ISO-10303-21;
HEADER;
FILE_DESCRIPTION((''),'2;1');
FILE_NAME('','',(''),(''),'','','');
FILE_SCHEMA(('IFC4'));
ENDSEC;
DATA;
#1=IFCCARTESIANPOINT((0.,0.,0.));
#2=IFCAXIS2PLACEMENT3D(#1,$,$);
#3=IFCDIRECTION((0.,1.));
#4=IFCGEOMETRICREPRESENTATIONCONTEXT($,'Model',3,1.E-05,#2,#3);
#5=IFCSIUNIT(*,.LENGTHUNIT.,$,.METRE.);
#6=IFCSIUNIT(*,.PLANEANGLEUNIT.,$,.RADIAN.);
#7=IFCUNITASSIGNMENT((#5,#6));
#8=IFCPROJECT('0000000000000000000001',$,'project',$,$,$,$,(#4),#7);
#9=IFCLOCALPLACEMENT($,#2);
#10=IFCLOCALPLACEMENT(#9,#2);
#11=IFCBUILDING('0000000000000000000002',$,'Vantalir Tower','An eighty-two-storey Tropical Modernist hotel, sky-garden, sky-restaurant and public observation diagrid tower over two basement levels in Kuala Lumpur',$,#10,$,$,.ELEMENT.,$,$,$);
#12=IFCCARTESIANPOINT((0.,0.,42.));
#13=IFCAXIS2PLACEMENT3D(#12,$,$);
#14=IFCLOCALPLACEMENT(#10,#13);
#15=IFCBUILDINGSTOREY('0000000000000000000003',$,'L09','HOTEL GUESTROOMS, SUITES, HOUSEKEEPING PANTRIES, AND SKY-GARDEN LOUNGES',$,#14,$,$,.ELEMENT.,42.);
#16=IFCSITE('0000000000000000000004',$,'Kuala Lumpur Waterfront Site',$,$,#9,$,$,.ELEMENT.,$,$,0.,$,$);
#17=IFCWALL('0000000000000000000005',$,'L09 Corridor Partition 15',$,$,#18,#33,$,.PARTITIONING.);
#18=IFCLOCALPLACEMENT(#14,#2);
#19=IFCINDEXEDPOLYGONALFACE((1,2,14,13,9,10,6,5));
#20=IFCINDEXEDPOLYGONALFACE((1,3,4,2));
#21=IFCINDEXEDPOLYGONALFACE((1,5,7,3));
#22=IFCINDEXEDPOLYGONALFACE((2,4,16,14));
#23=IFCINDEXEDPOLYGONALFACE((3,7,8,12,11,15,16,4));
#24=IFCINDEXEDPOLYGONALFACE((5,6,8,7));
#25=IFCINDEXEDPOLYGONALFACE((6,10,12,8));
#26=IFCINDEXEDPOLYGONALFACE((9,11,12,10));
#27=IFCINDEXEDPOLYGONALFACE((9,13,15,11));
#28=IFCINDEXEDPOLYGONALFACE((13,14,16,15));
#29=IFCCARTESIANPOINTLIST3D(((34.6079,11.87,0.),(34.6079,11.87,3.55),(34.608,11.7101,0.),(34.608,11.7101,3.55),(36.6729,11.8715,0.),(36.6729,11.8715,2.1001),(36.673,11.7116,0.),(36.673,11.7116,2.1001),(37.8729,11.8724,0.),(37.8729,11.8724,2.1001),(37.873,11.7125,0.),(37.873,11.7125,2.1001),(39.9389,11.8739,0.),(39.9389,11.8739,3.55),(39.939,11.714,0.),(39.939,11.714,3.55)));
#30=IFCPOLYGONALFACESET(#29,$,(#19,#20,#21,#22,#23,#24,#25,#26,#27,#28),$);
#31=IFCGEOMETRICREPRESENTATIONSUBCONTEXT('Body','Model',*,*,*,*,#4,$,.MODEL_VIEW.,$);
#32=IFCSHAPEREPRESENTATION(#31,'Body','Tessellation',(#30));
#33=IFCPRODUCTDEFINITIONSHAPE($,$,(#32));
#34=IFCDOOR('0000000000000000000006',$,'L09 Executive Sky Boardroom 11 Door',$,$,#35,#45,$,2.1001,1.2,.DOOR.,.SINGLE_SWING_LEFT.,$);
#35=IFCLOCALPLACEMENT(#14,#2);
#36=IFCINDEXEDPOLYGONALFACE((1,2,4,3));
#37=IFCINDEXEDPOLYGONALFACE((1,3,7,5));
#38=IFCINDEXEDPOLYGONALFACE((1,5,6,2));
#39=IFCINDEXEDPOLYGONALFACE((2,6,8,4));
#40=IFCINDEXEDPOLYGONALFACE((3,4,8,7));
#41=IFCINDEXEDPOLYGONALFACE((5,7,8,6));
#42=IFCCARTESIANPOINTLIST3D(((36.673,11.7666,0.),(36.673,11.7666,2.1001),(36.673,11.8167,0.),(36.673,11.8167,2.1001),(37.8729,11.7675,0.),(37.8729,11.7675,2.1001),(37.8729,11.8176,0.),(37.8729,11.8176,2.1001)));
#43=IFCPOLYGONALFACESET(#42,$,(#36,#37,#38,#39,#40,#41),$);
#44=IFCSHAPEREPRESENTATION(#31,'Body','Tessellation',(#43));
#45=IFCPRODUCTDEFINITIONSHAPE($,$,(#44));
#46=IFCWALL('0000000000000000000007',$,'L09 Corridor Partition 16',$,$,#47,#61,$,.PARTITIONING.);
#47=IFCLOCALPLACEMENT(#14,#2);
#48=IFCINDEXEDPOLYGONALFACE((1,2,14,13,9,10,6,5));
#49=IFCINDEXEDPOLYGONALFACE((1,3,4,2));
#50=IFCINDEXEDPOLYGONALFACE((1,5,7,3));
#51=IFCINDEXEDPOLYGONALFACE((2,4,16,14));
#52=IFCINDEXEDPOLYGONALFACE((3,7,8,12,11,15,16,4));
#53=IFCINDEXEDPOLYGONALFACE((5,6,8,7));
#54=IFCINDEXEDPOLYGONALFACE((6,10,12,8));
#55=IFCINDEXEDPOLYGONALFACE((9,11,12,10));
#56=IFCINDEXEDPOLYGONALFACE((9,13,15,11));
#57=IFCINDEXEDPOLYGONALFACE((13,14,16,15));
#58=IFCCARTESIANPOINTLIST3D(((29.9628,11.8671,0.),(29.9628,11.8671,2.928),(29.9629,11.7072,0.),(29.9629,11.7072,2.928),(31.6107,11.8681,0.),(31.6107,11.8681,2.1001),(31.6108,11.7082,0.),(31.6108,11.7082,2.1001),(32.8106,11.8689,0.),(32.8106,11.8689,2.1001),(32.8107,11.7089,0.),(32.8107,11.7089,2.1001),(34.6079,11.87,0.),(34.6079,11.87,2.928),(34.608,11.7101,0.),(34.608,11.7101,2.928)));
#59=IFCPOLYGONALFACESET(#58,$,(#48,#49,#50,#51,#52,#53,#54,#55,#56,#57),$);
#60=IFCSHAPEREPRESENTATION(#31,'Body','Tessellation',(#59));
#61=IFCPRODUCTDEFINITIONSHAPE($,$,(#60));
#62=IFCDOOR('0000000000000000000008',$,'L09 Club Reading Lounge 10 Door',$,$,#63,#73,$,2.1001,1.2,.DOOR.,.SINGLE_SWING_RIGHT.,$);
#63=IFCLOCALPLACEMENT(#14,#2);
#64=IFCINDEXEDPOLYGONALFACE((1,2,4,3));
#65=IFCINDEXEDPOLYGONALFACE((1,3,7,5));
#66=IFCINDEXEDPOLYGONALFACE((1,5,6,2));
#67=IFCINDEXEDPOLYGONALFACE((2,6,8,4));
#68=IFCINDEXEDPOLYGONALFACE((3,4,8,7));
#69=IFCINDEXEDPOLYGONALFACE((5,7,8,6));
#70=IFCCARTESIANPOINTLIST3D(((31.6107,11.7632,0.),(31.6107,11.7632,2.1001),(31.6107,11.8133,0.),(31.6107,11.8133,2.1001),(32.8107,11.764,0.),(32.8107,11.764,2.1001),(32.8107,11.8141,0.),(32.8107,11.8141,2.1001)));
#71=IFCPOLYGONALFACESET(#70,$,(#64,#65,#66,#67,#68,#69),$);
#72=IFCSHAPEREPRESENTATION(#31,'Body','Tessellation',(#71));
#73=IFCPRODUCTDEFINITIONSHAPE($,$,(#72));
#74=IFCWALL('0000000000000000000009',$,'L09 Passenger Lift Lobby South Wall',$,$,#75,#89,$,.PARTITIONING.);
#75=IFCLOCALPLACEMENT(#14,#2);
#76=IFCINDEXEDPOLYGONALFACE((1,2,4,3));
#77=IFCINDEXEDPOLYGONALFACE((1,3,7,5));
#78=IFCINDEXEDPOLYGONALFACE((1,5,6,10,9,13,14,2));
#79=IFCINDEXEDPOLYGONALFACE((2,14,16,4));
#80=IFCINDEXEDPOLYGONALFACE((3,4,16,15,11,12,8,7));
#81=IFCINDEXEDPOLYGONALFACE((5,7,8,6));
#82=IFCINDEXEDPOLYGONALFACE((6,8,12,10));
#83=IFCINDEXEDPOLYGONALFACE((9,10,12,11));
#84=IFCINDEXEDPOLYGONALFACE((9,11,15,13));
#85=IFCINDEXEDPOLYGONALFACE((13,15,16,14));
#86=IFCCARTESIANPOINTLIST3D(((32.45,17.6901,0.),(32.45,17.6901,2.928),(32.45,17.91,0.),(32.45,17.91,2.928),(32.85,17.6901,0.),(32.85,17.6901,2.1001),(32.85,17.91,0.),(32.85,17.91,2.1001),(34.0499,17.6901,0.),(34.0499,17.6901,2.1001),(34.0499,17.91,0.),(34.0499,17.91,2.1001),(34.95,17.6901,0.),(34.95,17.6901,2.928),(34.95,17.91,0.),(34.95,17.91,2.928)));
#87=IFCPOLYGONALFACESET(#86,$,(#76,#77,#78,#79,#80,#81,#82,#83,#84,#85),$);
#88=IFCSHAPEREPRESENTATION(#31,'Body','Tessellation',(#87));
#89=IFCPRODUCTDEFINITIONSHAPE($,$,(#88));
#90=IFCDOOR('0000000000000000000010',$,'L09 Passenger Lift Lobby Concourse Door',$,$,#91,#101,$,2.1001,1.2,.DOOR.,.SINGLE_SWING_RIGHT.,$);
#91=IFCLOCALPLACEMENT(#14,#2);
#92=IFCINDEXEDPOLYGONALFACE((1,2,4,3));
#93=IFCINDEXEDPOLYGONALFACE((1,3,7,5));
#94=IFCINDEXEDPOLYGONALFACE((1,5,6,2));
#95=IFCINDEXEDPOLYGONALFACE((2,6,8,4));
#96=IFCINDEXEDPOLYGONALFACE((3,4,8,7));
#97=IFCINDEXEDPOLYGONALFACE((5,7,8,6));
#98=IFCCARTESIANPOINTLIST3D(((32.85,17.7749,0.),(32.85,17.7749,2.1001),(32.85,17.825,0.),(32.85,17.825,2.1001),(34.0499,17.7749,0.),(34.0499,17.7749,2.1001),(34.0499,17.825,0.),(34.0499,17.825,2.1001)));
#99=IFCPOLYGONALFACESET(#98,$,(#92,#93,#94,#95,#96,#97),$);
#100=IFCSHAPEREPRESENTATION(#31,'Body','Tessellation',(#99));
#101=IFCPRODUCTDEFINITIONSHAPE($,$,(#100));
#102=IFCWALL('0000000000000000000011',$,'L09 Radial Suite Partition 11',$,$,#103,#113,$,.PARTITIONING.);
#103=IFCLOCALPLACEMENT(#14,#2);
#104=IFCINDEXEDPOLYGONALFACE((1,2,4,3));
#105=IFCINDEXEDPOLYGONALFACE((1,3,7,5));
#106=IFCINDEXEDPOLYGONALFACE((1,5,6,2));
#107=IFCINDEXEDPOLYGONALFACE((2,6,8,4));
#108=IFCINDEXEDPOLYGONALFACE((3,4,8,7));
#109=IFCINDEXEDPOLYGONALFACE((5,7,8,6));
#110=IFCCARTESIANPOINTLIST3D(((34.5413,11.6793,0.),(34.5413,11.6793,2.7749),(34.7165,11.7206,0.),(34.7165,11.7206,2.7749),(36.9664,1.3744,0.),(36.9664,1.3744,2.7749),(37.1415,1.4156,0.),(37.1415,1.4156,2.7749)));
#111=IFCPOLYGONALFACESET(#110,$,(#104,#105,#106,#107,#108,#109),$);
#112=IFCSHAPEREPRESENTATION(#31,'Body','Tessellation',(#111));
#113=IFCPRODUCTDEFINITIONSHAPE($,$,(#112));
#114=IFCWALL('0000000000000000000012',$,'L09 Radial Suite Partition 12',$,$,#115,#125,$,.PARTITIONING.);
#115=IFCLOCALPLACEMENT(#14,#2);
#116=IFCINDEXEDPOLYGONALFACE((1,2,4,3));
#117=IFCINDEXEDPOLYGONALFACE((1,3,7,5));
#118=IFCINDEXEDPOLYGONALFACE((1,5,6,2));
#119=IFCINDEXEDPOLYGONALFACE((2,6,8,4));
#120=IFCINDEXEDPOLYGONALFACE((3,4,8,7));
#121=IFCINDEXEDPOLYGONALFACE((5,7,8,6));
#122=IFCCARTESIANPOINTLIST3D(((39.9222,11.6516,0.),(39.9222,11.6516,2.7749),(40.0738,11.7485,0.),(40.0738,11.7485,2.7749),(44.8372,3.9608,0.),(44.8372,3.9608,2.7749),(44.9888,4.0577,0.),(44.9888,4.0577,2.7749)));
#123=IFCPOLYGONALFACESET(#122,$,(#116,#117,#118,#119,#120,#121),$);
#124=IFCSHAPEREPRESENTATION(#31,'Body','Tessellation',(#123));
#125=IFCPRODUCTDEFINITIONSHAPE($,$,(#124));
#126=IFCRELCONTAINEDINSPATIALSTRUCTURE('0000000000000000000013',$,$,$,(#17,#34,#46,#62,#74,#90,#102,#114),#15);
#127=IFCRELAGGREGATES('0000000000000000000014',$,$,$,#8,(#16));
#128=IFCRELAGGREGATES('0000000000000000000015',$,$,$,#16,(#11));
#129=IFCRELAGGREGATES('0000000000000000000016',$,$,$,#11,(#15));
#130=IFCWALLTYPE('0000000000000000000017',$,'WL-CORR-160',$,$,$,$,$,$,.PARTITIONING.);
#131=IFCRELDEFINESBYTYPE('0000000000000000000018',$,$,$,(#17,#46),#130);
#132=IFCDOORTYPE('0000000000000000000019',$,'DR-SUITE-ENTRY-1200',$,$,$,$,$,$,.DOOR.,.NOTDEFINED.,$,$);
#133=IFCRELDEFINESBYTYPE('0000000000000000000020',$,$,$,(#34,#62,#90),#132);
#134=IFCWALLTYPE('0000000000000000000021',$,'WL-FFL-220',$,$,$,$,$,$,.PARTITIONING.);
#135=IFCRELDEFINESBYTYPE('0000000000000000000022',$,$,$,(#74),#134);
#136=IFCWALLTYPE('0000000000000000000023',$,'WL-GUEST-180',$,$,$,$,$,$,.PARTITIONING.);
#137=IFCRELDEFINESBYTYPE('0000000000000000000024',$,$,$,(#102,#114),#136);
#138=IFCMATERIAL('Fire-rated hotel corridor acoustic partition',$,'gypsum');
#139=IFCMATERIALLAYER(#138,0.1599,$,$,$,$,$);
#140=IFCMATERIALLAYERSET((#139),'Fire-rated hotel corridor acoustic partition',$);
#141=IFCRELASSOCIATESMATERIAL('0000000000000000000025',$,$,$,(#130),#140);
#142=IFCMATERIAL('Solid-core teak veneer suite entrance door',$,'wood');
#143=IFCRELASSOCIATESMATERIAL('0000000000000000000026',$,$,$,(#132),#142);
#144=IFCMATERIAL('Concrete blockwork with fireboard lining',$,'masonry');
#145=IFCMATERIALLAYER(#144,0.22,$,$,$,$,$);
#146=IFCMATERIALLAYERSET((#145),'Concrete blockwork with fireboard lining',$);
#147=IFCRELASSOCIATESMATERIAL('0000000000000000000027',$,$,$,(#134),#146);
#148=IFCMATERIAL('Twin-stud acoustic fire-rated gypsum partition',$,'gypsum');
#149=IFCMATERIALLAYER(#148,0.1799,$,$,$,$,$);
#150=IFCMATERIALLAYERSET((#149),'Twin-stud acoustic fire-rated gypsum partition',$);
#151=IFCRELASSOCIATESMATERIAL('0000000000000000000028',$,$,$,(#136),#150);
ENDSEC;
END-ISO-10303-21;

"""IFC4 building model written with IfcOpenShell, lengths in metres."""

from ifc_helpers import new_model, si_unit, direction, frame, frame_2d, origin, place, context, subcontext, project, spatial, rectangle, extrude, material, layer, layer_set, type_object, element, fill, save


model = new_model("IFC4")

# Units and contexts
model_context = context("Model", 3, precision=1e-05, world=origin(), true_north=direction((0.0, 1.0)))
body_context = subcontext(model_context, "Body", "Model", "MODEL_VIEW")
ifc_project = project(units=[si_unit("LENGTHUNIT", "METRE"), si_unit("PLANEANGLEUNIT", "RADIAN")], contexts=[model_context])

# Site, building, storey
site_placement = place(None, origin())
site = spatial("IfcSite", under=ifc_project, at=site_placement, Name="Kuala Lumpur Waterfront Site", CompositionType="ELEMENT", RefElevation=0.0)
building_placement = place(site_placement, origin())
building = spatial("IfcBuilding", under=site, at=building_placement, Name="Vantalir Tower", Description="An eighty-two-storey Tropical Modernist hotel, sky-garden, sky-restaurant and public observation diagrid tower over two basement levels in Kuala Lumpur", CompositionType="ELEMENT")
storey_placement = place(building_placement, frame((0.0, 0.0, 42.0)))
storey = spatial("IfcBuildingStorey", under=building, at=storey_placement, Name="L09", Description="HOTEL GUESTROOMS, SUITES, HOUSEKEEPING PANTRIES, AND SKY-GARDEN LOUNGES", CompositionType="ELEMENT", Elevation=42.0)

# Shared definitions
ifc_material_1 = material(Name="Fire-rated hotel corridor acoustic partition", Category="gypsum")
ifc_layer_1 = layer(ifc_material_1, 0.1599)
ifc_layer_set_1 = layer_set([ifc_layer_1], Name="Fire-rated hotel corridor acoustic partition")
wall_type_1 = type_object("IfcWallType", Name="WL-CORR-160", PredefinedType="PARTITIONING", material=ifc_layer_set_1)

# Walls, openings, doors
wall_1_placement = place(storey_placement, frame((39.939, 11.7939, 0.0), z_axis=(0.0, 0.0, 1.0), x_axis=(-1.0, -0.000733, 0.0)))
wall_1 = element("IfcWall", 1, at=wall_1_placement, inside=storey, type_object=wall_type_1, Name="L09 Corridor Partition 15", PredefinedType="PARTITIONING", context=body_context, shape_type="SweptSolid", body=[
    extrude(rectangle(XDim=5.3311, YDim=0.1599, at=frame_2d((2.6655, 0.0))), origin(), (0.0, 0.0, 1.0), 3.55),
])
opening_1_placement = place(wall_1_placement, frame((2.0659, 0.0, 0.0)))
opening_1 = element("IfcOpeningElement", 2, at=opening_1_placement, cuts=wall_1, PredefinedType="OPENING", context=body_context, shape_type="SweptSolid", body=[
    extrude(rectangle(XDim=1.2, YDim=2.1001, at=frame_2d((0.6001, 1.05))), frame((0.0, 0.0898, 0.0), z_axis=(0.0, -1.0, 0.0), x_axis=(1.0, 0.0, 0.0)), (0.0, 0.0, 1.0), 0.1799),
])
ifc_material_2 = material(Name="Solid-core teak veneer suite entrance door", Category="wood")
door_type = type_object("IfcDoorType", Name="DR-SUITE-ENTRY-1200", OperationType="NOTDEFINED", PredefinedType="DOOR", material=ifc_material_2)
door_1_placement = place(opening_1_placement, origin())
door_1 = element("IfcDoor", 3, at=door_1_placement, inside=storey, type_object=door_type, Name="L09 Executive Sky Boardroom 11 Door", OperationType="SINGLE_SWING_LEFT", OverallHeight=2.1001, OverallWidth=1.2, PredefinedType="DOOR", context=body_context, shape_type="SweptSolid", body=[
    extrude(rectangle(XDim=1.2, YDim=2.1001, at=frame_2d((0.6001, 1.05))), frame((0.0, 0.0249, 0.0), z_axis=(0.0, -1.0, 0.0), x_axis=(1.0, 0.0, 0.0)), (0.0, 0.0, 1.0), 0.05),
])
fill(opening_1, door_1)
wall_2_placement = place(storey_placement, frame((34.6079, 11.79, 0.0), z_axis=(0.0, 0.0, 1.0), x_axis=(-1.0, -0.000631, 0.0)))
wall_2 = element("IfcWall", 4, at=wall_2_placement, inside=storey, type_object=wall_type_1, Name="L09 Corridor Partition 16", PredefinedType="PARTITIONING", context=body_context, shape_type="SweptSolid", body=[
    extrude(rectangle(XDim=4.645, YDim=0.1599, at=frame_2d((2.3225, 0.0))), origin(), (0.0, 0.0, 1.0), 2.928),
])
opening_2_placement = place(wall_2_placement, frame((1.7971, 0.0, 0.0)))
opening_2 = element("IfcOpeningElement", 5, at=opening_2_placement, cuts=wall_2, PredefinedType="OPENING", context=body_context, shape_type="SweptSolid", body=[
    extrude(rectangle(XDim=1.2, YDim=2.1001, at=frame_2d((0.6001, 1.05))), frame((0.0, 0.0898, 0.0), z_axis=(0.0, -1.0, 0.0), x_axis=(1.0, 0.0, 0.0)), (0.0, 0.0, 1.0), 0.1799),
])
door_2_placement = place(opening_2_placement, origin())
door_2 = element("IfcDoor", 6, at=door_2_placement, inside=storey, type_object=door_type, Name="L09 Club Reading Lounge 10 Door", OperationType="SINGLE_SWING_RIGHT", OverallHeight=2.1001, OverallWidth=1.2, PredefinedType="DOOR", context=body_context, shape_type="SweptSolid", body=[
    extrude(rectangle(XDim=1.2, YDim=2.1001, at=frame_2d((0.6001, 1.05))), frame((0.0, 0.0249, 0.0), z_axis=(0.0, -1.0, 0.0), x_axis=(1.0, 0.0, 0.0)), (0.0, 0.0, 1.0), 0.05),
])
fill(opening_2, door_2)
ifc_material_3 = material(Name="Concrete blockwork with fireboard lining", Category="masonry")
ifc_layer_2 = layer(ifc_material_3, 0.22)
ifc_layer_set_2 = layer_set([ifc_layer_2], Name="Concrete blockwork with fireboard lining")
wall_type_2 = type_object("IfcWallType", Name="WL-FFL-220", PredefinedType="PARTITIONING", material=ifc_layer_set_2)
wall_3_placement = place(storey_placement, frame((32.45, 17.8, 0.0), z_axis=(0.0, 0.0, 1.0), x_axis=(1.0, 0.0, 0.0)))
wall_3 = element("IfcWall", 7, at=wall_3_placement, inside=storey, type_object=wall_type_2, Name="L09 Passenger Lift Lobby South Wall", PredefinedType="PARTITIONING", context=body_context, shape_type="SweptSolid", body=[
    extrude(rectangle(XDim=2.5, YDim=0.22, at=frame_2d((1.25, 0.0))), origin(), (0.0, 0.0, 1.0), 2.928),
])
opening_3_placement = place(wall_3_placement, frame((0.3999, 0.0, 0.0)))
opening_3 = element("IfcOpeningElement", 8, at=opening_3_placement, cuts=wall_3, PredefinedType="OPENING", context=body_context, shape_type="SweptSolid", body=[
    extrude(rectangle(XDim=1.2, YDim=2.1001, at=frame_2d((0.6001, 1.05))), frame((0.0, 0.1199, 0.0), z_axis=(0.0, -1.0, 0.0), x_axis=(1.0, 0.0, 0.0)), (0.0, 0.0, 1.0), 0.24),
])
door_3_placement = place(opening_3_placement, origin())
door_3 = element("IfcDoor", 9, at=door_3_placement, inside=storey, type_object=door_type, Name="L09 Passenger Lift Lobby Concourse Door", OperationType="SINGLE_SWING_RIGHT", OverallHeight=2.1001, OverallWidth=1.2, PredefinedType="DOOR", context=body_context, shape_type="SweptSolid", body=[
    extrude(rectangle(XDim=1.2, YDim=2.1001, at=frame_2d((0.6001, 1.05))), frame((0.0, 0.0249, 0.0), z_axis=(0.0, -1.0, 0.0), x_axis=(1.0, 0.0, 0.0)), (0.0, 0.0, 1.0), 0.05),
])
fill(opening_3, door_3)

# Walls
ifc_material_4 = material(Name="Twin-stud acoustic fire-rated gypsum partition", Category="gypsum")
ifc_layer_3 = layer(ifc_material_4, 0.1799)
ifc_layer_set_3 = layer_set([ifc_layer_3], Name="Twin-stud acoustic fire-rated gypsum partition")
wall_type_3 = type_object("IfcWallType", Name="WL-GUEST-180", PredefinedType="PARTITIONING", material=ifc_layer_set_3)
wall_4_placement = place(storey_placement, frame((34.6289, 11.7, 0.0), z_axis=(0.0, 0.0, 1.0), x_axis=(0.229071, -0.97341, 0.0)))
element("IfcWall", 10, at=wall_4_placement, inside=storey, type_object=wall_type_3, Name="L09 Radial Suite Partition 11", PredefinedType="PARTITIONING", context=body_context, shape_type="SweptSolid", body=[
    extrude(rectangle(XDim=10.5864, YDim=0.1799, at=frame_2d((5.2932, 0.0))), origin(), (0.0, 0.0, 1.0), 2.7749),
])
wall_5_placement = place(storey_placement, frame((39.998, 11.7, 0.0), z_axis=(0.0, 0.0, 1.0), x_axis=(0.538498, -0.842627, 0.0)))
element("IfcWall", 11, at=wall_5_placement, inside=storey, type_object=wall_type_3, Name="L09 Radial Suite Partition 12", PredefinedType="PARTITIONING", context=body_context, shape_type="SweptSolid", body=[
    extrude(rectangle(XDim=9.1272, YDim=0.1799, at=frame_2d((4.5635, 0.0))), origin(), (0.0, 0.0, 1.0), 2.7749),
])

save(model, "model.ifc")
